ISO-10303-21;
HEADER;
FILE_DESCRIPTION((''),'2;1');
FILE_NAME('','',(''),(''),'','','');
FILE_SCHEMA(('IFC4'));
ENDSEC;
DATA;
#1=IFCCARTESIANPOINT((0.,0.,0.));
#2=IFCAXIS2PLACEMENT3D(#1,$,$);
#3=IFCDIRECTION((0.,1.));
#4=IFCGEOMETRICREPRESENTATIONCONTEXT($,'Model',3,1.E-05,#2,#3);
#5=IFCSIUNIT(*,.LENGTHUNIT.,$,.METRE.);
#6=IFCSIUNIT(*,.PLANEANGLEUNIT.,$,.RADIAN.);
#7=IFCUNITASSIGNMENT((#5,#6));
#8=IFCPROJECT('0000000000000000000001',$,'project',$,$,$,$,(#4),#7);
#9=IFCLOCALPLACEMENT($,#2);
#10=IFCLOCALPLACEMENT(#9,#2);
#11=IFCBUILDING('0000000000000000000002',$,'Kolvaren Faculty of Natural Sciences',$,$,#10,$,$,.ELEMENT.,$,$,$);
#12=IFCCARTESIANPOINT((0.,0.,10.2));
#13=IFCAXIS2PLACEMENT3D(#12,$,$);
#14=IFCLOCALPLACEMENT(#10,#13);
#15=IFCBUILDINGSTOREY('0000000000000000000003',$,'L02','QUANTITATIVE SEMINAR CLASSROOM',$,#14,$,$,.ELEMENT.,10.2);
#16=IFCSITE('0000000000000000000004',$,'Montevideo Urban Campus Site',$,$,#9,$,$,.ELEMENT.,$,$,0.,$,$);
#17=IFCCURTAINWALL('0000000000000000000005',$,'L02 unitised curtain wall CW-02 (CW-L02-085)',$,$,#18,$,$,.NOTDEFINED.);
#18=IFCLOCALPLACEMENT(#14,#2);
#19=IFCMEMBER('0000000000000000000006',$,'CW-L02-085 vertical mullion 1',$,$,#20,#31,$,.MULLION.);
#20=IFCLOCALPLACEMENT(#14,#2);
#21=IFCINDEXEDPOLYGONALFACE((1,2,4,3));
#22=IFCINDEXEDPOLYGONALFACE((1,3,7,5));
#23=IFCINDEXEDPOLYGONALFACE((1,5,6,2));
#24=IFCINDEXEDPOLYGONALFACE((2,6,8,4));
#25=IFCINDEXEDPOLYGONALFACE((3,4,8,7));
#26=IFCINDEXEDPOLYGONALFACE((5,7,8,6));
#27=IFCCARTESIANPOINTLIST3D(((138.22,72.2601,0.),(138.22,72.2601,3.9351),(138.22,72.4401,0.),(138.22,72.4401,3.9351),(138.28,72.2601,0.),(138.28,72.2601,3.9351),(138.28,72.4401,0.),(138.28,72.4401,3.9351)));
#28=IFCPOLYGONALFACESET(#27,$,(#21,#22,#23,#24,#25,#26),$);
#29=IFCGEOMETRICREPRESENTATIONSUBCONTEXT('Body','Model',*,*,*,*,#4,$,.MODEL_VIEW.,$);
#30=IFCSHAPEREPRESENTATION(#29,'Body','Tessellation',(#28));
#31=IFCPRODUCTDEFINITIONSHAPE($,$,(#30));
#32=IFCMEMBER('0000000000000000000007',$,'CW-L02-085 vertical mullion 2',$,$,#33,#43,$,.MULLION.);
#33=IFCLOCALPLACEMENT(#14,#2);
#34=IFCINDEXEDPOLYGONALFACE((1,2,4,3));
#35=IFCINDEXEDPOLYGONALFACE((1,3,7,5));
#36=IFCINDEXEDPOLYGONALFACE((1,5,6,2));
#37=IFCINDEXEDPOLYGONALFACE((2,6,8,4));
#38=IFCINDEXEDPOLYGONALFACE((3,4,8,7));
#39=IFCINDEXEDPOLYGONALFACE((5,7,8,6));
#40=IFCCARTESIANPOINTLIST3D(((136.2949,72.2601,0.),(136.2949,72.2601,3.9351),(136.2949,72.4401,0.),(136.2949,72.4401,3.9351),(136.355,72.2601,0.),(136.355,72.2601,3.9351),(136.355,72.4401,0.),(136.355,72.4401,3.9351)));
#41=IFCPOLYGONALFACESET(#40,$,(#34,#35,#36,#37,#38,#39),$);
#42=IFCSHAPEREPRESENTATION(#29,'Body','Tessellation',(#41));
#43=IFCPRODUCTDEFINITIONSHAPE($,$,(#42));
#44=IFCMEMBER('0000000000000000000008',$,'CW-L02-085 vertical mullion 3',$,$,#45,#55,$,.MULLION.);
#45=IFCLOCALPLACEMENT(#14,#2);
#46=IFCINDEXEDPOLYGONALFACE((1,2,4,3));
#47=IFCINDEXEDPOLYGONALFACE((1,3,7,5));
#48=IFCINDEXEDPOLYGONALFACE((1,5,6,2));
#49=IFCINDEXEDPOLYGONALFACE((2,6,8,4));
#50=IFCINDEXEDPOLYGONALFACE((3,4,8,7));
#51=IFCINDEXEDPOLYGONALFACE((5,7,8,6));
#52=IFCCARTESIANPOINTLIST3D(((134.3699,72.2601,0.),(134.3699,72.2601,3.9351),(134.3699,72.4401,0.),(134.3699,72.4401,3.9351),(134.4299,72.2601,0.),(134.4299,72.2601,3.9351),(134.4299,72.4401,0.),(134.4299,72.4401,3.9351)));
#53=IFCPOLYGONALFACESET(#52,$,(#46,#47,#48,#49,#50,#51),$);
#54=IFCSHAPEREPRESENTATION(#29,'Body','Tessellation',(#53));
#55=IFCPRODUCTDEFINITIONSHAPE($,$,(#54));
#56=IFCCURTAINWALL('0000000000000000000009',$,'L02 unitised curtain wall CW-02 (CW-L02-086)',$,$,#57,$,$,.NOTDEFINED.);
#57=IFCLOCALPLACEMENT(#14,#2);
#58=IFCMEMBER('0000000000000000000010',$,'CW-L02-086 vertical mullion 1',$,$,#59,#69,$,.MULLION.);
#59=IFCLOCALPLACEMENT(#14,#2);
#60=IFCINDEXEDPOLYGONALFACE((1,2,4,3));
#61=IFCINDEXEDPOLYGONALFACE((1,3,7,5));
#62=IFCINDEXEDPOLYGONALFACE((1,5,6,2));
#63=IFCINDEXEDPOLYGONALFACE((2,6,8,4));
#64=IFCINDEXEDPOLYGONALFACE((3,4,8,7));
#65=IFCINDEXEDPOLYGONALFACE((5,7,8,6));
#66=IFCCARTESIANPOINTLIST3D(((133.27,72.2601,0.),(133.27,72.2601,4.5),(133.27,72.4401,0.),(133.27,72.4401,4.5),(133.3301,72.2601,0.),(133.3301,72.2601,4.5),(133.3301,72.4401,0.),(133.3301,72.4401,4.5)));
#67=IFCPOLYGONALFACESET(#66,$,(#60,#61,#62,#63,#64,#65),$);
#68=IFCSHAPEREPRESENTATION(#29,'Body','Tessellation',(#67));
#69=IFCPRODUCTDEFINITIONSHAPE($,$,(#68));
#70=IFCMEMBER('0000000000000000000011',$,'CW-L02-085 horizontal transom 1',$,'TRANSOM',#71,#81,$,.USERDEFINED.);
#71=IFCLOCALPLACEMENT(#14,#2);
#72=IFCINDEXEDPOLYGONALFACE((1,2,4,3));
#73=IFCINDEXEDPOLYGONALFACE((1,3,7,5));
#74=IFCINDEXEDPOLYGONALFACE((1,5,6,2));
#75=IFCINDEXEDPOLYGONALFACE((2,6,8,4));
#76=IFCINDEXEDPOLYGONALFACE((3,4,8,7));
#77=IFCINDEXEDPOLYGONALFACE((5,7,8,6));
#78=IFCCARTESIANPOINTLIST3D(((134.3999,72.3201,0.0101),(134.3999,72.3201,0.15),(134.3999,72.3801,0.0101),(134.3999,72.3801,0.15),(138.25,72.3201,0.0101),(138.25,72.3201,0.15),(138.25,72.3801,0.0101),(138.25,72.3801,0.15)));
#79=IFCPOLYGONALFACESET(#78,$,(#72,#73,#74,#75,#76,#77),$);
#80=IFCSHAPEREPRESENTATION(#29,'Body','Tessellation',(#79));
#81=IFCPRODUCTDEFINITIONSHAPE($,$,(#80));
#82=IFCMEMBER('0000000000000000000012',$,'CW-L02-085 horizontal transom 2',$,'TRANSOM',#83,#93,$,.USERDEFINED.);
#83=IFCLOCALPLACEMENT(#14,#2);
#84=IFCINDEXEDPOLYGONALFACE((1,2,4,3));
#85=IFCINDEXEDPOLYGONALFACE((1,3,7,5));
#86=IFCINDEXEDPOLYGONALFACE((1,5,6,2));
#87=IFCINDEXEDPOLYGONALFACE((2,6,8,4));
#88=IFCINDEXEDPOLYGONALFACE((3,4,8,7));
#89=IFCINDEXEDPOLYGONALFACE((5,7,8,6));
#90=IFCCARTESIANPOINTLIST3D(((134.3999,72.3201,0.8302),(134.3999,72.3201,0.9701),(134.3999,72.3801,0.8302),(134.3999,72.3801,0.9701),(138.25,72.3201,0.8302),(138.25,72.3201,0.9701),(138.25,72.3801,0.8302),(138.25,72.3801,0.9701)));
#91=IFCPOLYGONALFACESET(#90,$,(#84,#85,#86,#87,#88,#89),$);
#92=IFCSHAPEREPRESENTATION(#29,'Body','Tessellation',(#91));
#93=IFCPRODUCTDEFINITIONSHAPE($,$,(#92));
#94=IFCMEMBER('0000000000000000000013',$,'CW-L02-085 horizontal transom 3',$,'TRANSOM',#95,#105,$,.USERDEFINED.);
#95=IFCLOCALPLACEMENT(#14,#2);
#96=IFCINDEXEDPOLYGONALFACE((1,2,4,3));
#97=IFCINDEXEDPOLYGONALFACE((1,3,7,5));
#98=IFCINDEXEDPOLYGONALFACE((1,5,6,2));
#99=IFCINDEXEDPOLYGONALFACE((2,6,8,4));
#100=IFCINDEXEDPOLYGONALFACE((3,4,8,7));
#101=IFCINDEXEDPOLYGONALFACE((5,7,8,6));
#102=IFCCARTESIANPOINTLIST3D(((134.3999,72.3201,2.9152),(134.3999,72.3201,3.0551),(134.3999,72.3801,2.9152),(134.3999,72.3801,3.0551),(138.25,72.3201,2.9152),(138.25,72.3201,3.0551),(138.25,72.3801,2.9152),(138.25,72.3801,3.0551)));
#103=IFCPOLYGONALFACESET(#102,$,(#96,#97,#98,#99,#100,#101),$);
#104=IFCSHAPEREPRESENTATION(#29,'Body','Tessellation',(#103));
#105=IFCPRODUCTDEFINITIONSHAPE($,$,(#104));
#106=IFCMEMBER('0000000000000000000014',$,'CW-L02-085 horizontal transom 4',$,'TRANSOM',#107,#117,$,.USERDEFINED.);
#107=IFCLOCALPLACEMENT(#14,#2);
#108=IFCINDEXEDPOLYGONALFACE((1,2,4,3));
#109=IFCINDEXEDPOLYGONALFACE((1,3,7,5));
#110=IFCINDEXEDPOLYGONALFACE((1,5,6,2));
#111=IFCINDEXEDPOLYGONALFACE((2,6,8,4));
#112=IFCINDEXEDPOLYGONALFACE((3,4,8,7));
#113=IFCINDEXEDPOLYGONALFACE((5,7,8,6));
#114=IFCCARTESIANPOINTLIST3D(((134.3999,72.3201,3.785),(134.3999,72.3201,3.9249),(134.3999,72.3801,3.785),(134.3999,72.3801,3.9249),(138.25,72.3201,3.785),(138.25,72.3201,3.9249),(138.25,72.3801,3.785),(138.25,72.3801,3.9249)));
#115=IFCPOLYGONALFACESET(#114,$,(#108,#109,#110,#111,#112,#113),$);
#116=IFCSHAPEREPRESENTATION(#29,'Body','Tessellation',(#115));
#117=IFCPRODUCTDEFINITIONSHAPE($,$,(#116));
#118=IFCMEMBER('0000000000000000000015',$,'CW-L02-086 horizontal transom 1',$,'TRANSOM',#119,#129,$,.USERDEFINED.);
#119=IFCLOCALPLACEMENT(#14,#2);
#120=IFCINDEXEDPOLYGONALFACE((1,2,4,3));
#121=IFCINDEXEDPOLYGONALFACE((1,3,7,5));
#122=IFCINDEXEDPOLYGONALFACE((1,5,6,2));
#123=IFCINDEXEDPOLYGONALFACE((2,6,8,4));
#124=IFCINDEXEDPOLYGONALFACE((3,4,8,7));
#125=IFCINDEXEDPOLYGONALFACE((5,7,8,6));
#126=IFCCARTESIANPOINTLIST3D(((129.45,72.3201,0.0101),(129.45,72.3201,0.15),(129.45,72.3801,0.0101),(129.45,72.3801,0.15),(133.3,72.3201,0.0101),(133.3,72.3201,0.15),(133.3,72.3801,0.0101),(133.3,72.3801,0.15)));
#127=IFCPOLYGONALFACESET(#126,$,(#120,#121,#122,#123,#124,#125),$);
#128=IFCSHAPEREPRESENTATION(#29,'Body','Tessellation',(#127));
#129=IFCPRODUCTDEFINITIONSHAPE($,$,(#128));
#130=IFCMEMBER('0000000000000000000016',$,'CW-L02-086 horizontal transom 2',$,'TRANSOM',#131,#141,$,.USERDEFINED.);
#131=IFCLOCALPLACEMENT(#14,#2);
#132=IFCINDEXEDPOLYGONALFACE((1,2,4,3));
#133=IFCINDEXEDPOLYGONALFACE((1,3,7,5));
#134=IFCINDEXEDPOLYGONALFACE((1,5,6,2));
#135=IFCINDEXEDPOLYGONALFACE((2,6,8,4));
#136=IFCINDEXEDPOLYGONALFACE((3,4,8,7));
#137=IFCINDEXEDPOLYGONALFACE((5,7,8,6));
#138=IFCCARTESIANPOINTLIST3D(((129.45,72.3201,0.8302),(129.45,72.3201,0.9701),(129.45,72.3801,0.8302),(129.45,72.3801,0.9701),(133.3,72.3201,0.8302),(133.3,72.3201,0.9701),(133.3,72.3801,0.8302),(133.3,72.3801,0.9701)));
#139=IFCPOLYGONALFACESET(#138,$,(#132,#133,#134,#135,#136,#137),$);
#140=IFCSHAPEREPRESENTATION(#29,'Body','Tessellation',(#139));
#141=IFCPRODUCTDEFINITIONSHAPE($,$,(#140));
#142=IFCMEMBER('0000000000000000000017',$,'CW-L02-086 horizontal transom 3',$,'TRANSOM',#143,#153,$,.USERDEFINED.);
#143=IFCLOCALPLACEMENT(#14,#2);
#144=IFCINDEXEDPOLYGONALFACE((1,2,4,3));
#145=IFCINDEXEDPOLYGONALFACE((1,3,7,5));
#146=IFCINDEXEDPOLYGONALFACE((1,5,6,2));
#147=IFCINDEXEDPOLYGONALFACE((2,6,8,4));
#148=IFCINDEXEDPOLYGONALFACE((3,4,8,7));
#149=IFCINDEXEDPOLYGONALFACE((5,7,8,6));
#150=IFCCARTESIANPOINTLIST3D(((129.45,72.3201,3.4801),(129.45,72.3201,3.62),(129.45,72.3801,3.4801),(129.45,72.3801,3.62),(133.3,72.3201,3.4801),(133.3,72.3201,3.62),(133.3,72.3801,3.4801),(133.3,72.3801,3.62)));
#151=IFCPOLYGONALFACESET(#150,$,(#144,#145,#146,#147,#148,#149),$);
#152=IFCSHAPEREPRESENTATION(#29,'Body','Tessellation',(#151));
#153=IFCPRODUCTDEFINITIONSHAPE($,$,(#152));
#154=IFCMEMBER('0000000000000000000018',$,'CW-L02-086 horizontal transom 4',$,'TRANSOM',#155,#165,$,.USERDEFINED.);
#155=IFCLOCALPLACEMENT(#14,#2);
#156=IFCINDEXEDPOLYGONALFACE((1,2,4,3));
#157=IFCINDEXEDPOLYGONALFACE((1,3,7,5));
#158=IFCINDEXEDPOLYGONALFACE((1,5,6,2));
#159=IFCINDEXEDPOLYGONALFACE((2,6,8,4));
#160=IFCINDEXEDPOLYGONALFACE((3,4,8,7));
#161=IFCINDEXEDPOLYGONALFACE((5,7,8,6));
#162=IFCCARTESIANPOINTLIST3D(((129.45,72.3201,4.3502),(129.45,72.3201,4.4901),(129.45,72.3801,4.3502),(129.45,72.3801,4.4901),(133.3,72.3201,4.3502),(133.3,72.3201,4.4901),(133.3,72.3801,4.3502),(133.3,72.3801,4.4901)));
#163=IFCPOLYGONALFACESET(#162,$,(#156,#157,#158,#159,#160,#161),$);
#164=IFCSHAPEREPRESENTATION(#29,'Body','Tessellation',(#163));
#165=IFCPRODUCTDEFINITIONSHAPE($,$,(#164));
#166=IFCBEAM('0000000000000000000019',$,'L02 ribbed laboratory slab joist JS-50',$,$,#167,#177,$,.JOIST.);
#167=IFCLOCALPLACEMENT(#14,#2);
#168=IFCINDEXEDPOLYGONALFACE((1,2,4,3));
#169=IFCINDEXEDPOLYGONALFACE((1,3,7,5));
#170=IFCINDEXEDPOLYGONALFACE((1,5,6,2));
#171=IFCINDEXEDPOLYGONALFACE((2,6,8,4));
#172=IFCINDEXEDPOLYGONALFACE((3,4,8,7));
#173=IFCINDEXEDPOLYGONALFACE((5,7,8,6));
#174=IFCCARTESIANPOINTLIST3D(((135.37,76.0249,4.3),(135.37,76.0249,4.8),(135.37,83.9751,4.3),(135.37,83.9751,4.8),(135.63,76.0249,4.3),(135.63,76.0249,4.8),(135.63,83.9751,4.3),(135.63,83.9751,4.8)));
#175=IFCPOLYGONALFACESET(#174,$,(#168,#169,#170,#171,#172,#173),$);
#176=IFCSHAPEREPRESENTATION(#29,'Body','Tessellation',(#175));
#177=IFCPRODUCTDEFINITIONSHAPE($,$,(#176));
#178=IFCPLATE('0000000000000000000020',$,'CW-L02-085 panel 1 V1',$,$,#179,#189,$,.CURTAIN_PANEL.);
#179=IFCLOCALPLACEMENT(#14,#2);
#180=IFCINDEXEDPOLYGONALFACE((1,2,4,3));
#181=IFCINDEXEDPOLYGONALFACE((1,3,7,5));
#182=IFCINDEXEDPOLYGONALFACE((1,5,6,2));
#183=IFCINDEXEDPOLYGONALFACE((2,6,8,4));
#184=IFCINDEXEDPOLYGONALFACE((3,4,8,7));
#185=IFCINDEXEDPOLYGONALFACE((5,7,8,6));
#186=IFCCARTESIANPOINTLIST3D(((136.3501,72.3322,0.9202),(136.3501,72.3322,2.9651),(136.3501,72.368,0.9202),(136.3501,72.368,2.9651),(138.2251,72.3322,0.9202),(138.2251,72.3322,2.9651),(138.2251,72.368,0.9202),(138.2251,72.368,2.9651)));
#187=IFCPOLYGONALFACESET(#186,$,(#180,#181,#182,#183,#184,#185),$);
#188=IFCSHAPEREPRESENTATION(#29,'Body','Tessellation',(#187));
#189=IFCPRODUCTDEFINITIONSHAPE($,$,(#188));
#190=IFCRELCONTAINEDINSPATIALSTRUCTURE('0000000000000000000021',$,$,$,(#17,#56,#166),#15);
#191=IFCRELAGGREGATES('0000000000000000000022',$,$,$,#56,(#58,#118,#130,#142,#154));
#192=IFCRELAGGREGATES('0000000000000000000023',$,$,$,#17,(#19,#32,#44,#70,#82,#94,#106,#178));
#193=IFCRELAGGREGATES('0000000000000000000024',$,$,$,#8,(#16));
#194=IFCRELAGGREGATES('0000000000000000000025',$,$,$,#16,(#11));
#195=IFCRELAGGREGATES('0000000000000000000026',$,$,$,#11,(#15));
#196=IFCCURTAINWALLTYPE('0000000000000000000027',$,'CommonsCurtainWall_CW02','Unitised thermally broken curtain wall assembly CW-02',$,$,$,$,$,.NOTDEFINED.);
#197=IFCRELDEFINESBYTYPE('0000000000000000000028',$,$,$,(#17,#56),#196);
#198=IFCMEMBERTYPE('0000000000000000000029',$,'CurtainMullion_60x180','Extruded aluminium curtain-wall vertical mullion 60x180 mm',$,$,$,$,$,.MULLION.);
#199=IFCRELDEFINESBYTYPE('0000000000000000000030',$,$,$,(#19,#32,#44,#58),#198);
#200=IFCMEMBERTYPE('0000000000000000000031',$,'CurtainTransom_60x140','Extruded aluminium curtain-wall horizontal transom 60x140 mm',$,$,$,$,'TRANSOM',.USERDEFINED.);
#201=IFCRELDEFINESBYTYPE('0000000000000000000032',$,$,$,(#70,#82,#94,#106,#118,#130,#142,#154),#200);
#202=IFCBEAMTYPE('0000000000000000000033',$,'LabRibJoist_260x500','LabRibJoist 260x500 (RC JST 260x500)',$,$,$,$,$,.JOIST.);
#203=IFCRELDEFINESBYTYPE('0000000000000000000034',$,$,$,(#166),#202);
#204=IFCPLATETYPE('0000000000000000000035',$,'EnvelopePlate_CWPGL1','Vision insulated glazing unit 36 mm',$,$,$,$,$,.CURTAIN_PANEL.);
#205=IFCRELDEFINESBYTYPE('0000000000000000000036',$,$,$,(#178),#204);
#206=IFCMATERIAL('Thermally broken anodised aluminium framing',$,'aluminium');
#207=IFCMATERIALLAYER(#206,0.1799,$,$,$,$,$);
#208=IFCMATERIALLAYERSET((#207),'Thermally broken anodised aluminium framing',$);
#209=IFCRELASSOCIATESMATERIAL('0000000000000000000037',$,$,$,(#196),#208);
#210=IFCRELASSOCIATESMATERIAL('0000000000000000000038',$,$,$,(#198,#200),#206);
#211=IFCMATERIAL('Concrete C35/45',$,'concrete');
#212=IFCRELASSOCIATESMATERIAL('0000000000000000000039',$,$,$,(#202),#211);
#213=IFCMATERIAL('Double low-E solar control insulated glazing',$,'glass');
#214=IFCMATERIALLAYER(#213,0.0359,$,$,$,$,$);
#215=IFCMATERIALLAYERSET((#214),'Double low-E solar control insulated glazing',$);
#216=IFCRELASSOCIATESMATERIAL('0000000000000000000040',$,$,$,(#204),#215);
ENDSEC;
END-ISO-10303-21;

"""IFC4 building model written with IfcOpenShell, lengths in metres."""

from ifc_helpers import new_model, si_unit, direction, frame, origin, origin_2d, place, context, subcontext, project, spatial, rectangle, extrude, material, layer, layer_set, material_profile, profile_set, type_object, element, aggregate, save


model = new_model("IFC4")

# Units and contexts
model_context = context("Model", 3, precision=1e-05, world=origin(), true_north=direction((0.0, 1.0)))
body_context = subcontext(model_context, "Body", "Model", "MODEL_VIEW")
ifc_project = project(units=[si_unit("LENGTHUNIT", "METRE"), si_unit("PLANEANGLEUNIT", "RADIAN")], contexts=[model_context])

# Site, building, storey
site_placement = place(None, origin())
site = spatial("IfcSite", under=ifc_project, at=site_placement, Name="Montevideo Urban Campus Site", CompositionType="ELEMENT", RefElevation=0.0)
building_placement = place(site_placement, origin())
building = spatial("IfcBuilding", under=site, at=building_placement, Name="Kolvaren Faculty of Natural Sciences", CompositionType="ELEMENT")
storey_placement = place(building_placement, frame((0.0, 0.0, 10.2)))
storey = spatial("IfcBuildingStorey", under=building, at=storey_placement, Name="L02", Description="QUANTITATIVE SEMINAR CLASSROOM", CompositionType="ELEMENT", Elevation=10.2)

# Curtain wall, members
ifc_material_1 = material(Name="Thermally broken anodised aluminium framing", Category="aluminium")
ifc_layer_1 = layer(ifc_material_1, 0.1799)
ifc_layer_set_1 = layer_set([ifc_layer_1], Name="Thermally broken anodised aluminium framing")
curtain_wall_type = type_object("IfcCurtainWallType", Name="CommonsCurtainWall_CW02", Description="Unitised thermally broken curtain wall assembly CW-02", PredefinedType="NOTDEFINED", material=ifc_layer_set_1)
curtain_wall_1_placement = place(storey_placement, origin())
curtain_wall_1 = element("IfcCurtainWall", 1, at=curtain_wall_1_placement, inside=storey, type_object=curtain_wall_type, Name="L02 unitised curtain wall CW-02 (CW-L02-085)", PredefinedType="NOTDEFINED")
ifc_material_profile_1 = material_profile(ifc_material_1, rectangle(XDim=0.0601, YDim=0.1799, at=origin_2d()), Name="ALU MUL 60x180")
ifc_profile_set_1 = profile_set([ifc_material_profile_1], Name="Thermally broken anodised aluminium framing")
member_type_1 = type_object("IfcMemberType", Name="CurtainMullion_60x180", Description="Extruded aluminium curtain-wall vertical mullion 60x180 mm", PredefinedType="MULLION", material=ifc_profile_set_1)
member_1_placement = place(storey_placement, frame((138.25, 72.3501, 0.0), z_axis=(0.0, 0.0, 1.0), x_axis=(-1.0, 0.0, 0.0)))
member_1 = element("IfcMember", 2, at=member_1_placement, type_object=member_type_1, Name="CW-L02-085 vertical mullion 1", PredefinedType="MULLION", context=body_context, shape_type="SweptSolid", body=[
    extrude(rectangle(XDim=0.0601, YDim=0.1799, at=origin_2d()), origin(), (0.0, 0.0, 1.0), 3.9351),
])
member_2_placement = place(storey_placement, frame((136.325, 72.3501, 0.0), z_axis=(0.0, 0.0, 1.0), x_axis=(-1.0, 0.0, 0.0)))
member_2 = element("IfcMember", 3, at=member_2_placement, type_object=member_type_1, Name="CW-L02-085 vertical mullion 2", PredefinedType="MULLION", context=body_context, shape_type="SweptSolid", body=[
    extrude(rectangle(XDim=0.0601, YDim=0.1799, at=origin_2d()), origin(), (0.0, 0.0, 1.0), 3.9351),
])
member_3_placement = place(storey_placement, frame((134.3999, 72.3501, 0.0), z_axis=(0.0, 0.0, 1.0), x_axis=(-1.0, 0.0, 0.0)))
member_3 = element("IfcMember", 4, at=member_3_placement, type_object=member_type_1, Name="CW-L02-085 vertical mullion 3", PredefinedType="MULLION", context=body_context, shape_type="SweptSolid", body=[
    extrude(rectangle(XDim=0.0601, YDim=0.1799, at=origin_2d()), origin(), (0.0, 0.0, 1.0), 3.9351),
])

# Curtain wall, member
curtain_wall_2_placement = place(storey_placement, origin())
curtain_wall_2 = element("IfcCurtainWall", 5, at=curtain_wall_2_placement, inside=storey, type_object=curtain_wall_type, Name="L02 unitised curtain wall CW-02 (CW-L02-086)", PredefinedType="NOTDEFINED")
member_4_placement = place(storey_placement, frame((133.3, 72.3501, 0.0), z_axis=(0.0, 0.0, 1.0), x_axis=(-1.0, 0.0, 0.0)))
member_4 = element("IfcMember", 6, at=member_4_placement, type_object=member_type_1, Name="CW-L02-086 vertical mullion 1", PredefinedType="MULLION", context=body_context, shape_type="SweptSolid", body=[
    extrude(rectangle(XDim=0.0601, YDim=0.1799, at=origin_2d()), origin(), (0.0, 0.0, 1.0), 4.5),
])

# Members
ifc_material_profile_2 = material_profile(ifc_material_1, rectangle(XDim=0.0601, YDim=0.1399, at=origin_2d()), Name="ALU TRN 60x140")
ifc_profile_set_2 = profile_set([ifc_material_profile_2], Name="Thermally broken anodised aluminium framing")
member_type_2 = type_object("IfcMemberType", Name="CurtainTransom_60x140", Description="Extruded aluminium curtain-wall horizontal transom 60x140 mm", ElementType="TRANSOM", PredefinedType="USERDEFINED", material=ifc_profile_set_2)
member_5_placement = place(storey_placement, frame((138.25, 72.3501, 0.0801), z_axis=(-1.0, 0.0, 0.0), x_axis=(0.0, -1.0, 0.0)))
member_5 = element("IfcMember", 7, at=member_5_placement, type_object=member_type_2, Name="CW-L02-085 horizontal transom 1", ObjectType="TRANSOM", PredefinedType="USERDEFINED", context=body_context, shape_type="SweptSolid", body=[
    extrude(rectangle(XDim=0.0601, YDim=0.1399, at=origin_2d()), origin(), (0.0, 0.0, 1.0), 3.8501),
])
member_6_placement = place(storey_placement, frame((138.25, 72.3501, 0.9001), z_axis=(-1.0, 0.0, 0.0), x_axis=(0.0, -1.0, 0.0)))
member_6 = element("IfcMember", 8, at=member_6_placement, type_object=member_type_2, Name="CW-L02-085 horizontal transom 2", ObjectType="TRANSOM", PredefinedType="USERDEFINED", context=body_context, shape_type="SweptSolid", body=[
    extrude(rectangle(XDim=0.0601, YDim=0.1399, at=origin_2d()), origin(), (0.0, 0.0, 1.0), 3.8501),
])
member_7_placement = place(storey_placement, frame((138.25, 72.3501, 2.9851), z_axis=(-1.0, 0.0, 0.0), x_axis=(0.0, -1.0, 0.0)))
member_7 = element("IfcMember", 9, at=member_7_placement, type_object=member_type_2, Name="CW-L02-085 horizontal transom 3", ObjectType="TRANSOM", PredefinedType="USERDEFINED", context=body_context, shape_type="SweptSolid", body=[
    extrude(rectangle(XDim=0.0601, YDim=0.1399, at=origin_2d()), origin(), (0.0, 0.0, 1.0), 3.8501),
])
member_8_placement = place(storey_placement, frame((138.25, 72.3501, 3.855), z_axis=(-1.0, 0.0, 0.0), x_axis=(0.0, -1.0, 0.0)))
member_8 = element("IfcMember", 10, at=member_8_placement, type_object=member_type_2, Name="CW-L02-085 horizontal transom 4", ObjectType="TRANSOM", PredefinedType="USERDEFINED", context=body_context, shape_type="SweptSolid", body=[
    extrude(rectangle(XDim=0.0601, YDim=0.1399, at=origin_2d()), origin(), (0.0, 0.0, 1.0), 3.8501),
])
member_9_placement = place(storey_placement, frame((133.3, 72.3501, 0.0801), z_axis=(-1.0, 0.0, 0.0), x_axis=(0.0, -1.0, 0.0)))
member_9 = element("IfcMember", 11, at=member_9_placement, type_object=member_type_2, Name="CW-L02-086 horizontal transom 1", ObjectType="TRANSOM", PredefinedType="USERDEFINED", context=body_context, shape_type="SweptSolid", body=[
    extrude(rectangle(XDim=0.0601, YDim=0.1399, at=origin_2d()), origin(), (0.0, 0.0, 1.0), 3.8501),
])
member_10_placement = place(storey_placement, frame((133.3, 72.3501, 0.9001), z_axis=(-1.0, 0.0, 0.0), x_axis=(0.0, -1.0, 0.0)))
member_10 = element("IfcMember", 12, at=member_10_placement, type_object=member_type_2, Name="CW-L02-086 horizontal transom 2", ObjectType="TRANSOM", PredefinedType="USERDEFINED", context=body_context, shape_type="SweptSolid", body=[
    extrude(rectangle(XDim=0.0601, YDim=0.1399, at=origin_2d()), origin(), (0.0, 0.0, 1.0), 3.8501),
])
member_11_placement = place(storey_placement, frame((133.3, 72.3501, 3.55), z_axis=(-1.0, 0.0, 0.0), x_axis=(0.0, -1.0, 0.0)))
member_11 = element("IfcMember", 13, at=member_11_placement, type_object=member_type_2, Name="CW-L02-086 horizontal transom 3", ObjectType="TRANSOM", PredefinedType="USERDEFINED", context=body_context, shape_type="SweptSolid", body=[
    extrude(rectangle(XDim=0.0601, YDim=0.1399, at=origin_2d()), origin(), (0.0, 0.0, 1.0), 3.8501),
])
member_12_placement = place(storey_placement, frame((133.3, 72.3501, 4.4202), z_axis=(-1.0, 0.0, 0.0), x_axis=(0.0, -1.0, 0.0)))
member_12 = element("IfcMember", 14, at=member_12_placement, type_object=member_type_2, Name="CW-L02-086 horizontal transom 4", ObjectType="TRANSOM", PredefinedType="USERDEFINED", context=body_context, shape_type="SweptSolid", body=[
    extrude(rectangle(XDim=0.0601, YDim=0.1399, at=origin_2d()), origin(), (0.0, 0.0, 1.0), 3.8501),
])
aggregate(curtain_wall_2, [member_4, member_9, member_10, member_11, member_12])

# Beam
ifc_material_2 = material(Name="Concrete C35/45", Category="concrete")
ifc_material_profile_3 = material_profile(ifc_material_2, rectangle(XDim=0.26, YDim=0.5, at=origin_2d()), Name="RC JST 260x500")
ifc_profile_set_3 = profile_set([ifc_material_profile_3], Name="Concrete C35/45")
beam_type = type_object("IfcBeamType", Name="LabRibJoist_260x500", Description="LabRibJoist 260x500 (RC JST 260x500)", PredefinedType="JOIST", material=ifc_profile_set_3)
beam_placement = place(storey_placement, frame((135.5, 76.0249, 4.55), z_axis=(0.0, 1.0, 0.0), x_axis=(-1.0, 0.0, 0.0)))
element("IfcBeam", 15, at=beam_placement, inside=storey, type_object=beam_type, Name="L02 ribbed laboratory slab joist JS-50", PredefinedType="JOIST", context=body_context, shape_type="SweptSolid", body=[
    extrude(rectangle(XDim=0.26, YDim=0.5, at=origin_2d()), origin(), (0.0, 0.0, 1.0), 7.9502),
])

# Plate
ifc_material_3 = material(Name="Double low-E solar control insulated glazing", Category="glass")
ifc_layer_2 = layer(ifc_material_3, 0.0359)
ifc_layer_set_2 = layer_set([ifc_layer_2], Name="Double low-E solar control insulated glazing")
plate_type_1 = type_object("IfcPlateType", Name="EnvelopePlate_CWPGL1", Description="Vision insulated glazing unit 36 mm", PredefinedType="CURTAIN_PANEL", material=ifc_layer_set_2)
plate_1_placement = place(storey_placement, frame((137.2876, 72.3501, 0.9202), z_axis=(0.0, 0.0, 1.0), x_axis=(-1.0, 0.0, 0.0)))
plate_1 = element("IfcPlate", 16, at=plate_1_placement, type_object=plate_type_1, Name="CW-L02-085 panel 1 V1", PredefinedType="CURTAIN_PANEL", context=body_context, shape_type="SweptSolid", body=[
    extrude(rectangle(XDim=1.875, YDim=0.0359, at=origin_2d()), origin(), (0.0, 0.0, 1.0), 2.0449),
])
aggregate(curtain_wall_1, [member_1, member_2, member_3, member_5, member_6, member_7, member_8, plate_1])

save(model, "model.ifc")
